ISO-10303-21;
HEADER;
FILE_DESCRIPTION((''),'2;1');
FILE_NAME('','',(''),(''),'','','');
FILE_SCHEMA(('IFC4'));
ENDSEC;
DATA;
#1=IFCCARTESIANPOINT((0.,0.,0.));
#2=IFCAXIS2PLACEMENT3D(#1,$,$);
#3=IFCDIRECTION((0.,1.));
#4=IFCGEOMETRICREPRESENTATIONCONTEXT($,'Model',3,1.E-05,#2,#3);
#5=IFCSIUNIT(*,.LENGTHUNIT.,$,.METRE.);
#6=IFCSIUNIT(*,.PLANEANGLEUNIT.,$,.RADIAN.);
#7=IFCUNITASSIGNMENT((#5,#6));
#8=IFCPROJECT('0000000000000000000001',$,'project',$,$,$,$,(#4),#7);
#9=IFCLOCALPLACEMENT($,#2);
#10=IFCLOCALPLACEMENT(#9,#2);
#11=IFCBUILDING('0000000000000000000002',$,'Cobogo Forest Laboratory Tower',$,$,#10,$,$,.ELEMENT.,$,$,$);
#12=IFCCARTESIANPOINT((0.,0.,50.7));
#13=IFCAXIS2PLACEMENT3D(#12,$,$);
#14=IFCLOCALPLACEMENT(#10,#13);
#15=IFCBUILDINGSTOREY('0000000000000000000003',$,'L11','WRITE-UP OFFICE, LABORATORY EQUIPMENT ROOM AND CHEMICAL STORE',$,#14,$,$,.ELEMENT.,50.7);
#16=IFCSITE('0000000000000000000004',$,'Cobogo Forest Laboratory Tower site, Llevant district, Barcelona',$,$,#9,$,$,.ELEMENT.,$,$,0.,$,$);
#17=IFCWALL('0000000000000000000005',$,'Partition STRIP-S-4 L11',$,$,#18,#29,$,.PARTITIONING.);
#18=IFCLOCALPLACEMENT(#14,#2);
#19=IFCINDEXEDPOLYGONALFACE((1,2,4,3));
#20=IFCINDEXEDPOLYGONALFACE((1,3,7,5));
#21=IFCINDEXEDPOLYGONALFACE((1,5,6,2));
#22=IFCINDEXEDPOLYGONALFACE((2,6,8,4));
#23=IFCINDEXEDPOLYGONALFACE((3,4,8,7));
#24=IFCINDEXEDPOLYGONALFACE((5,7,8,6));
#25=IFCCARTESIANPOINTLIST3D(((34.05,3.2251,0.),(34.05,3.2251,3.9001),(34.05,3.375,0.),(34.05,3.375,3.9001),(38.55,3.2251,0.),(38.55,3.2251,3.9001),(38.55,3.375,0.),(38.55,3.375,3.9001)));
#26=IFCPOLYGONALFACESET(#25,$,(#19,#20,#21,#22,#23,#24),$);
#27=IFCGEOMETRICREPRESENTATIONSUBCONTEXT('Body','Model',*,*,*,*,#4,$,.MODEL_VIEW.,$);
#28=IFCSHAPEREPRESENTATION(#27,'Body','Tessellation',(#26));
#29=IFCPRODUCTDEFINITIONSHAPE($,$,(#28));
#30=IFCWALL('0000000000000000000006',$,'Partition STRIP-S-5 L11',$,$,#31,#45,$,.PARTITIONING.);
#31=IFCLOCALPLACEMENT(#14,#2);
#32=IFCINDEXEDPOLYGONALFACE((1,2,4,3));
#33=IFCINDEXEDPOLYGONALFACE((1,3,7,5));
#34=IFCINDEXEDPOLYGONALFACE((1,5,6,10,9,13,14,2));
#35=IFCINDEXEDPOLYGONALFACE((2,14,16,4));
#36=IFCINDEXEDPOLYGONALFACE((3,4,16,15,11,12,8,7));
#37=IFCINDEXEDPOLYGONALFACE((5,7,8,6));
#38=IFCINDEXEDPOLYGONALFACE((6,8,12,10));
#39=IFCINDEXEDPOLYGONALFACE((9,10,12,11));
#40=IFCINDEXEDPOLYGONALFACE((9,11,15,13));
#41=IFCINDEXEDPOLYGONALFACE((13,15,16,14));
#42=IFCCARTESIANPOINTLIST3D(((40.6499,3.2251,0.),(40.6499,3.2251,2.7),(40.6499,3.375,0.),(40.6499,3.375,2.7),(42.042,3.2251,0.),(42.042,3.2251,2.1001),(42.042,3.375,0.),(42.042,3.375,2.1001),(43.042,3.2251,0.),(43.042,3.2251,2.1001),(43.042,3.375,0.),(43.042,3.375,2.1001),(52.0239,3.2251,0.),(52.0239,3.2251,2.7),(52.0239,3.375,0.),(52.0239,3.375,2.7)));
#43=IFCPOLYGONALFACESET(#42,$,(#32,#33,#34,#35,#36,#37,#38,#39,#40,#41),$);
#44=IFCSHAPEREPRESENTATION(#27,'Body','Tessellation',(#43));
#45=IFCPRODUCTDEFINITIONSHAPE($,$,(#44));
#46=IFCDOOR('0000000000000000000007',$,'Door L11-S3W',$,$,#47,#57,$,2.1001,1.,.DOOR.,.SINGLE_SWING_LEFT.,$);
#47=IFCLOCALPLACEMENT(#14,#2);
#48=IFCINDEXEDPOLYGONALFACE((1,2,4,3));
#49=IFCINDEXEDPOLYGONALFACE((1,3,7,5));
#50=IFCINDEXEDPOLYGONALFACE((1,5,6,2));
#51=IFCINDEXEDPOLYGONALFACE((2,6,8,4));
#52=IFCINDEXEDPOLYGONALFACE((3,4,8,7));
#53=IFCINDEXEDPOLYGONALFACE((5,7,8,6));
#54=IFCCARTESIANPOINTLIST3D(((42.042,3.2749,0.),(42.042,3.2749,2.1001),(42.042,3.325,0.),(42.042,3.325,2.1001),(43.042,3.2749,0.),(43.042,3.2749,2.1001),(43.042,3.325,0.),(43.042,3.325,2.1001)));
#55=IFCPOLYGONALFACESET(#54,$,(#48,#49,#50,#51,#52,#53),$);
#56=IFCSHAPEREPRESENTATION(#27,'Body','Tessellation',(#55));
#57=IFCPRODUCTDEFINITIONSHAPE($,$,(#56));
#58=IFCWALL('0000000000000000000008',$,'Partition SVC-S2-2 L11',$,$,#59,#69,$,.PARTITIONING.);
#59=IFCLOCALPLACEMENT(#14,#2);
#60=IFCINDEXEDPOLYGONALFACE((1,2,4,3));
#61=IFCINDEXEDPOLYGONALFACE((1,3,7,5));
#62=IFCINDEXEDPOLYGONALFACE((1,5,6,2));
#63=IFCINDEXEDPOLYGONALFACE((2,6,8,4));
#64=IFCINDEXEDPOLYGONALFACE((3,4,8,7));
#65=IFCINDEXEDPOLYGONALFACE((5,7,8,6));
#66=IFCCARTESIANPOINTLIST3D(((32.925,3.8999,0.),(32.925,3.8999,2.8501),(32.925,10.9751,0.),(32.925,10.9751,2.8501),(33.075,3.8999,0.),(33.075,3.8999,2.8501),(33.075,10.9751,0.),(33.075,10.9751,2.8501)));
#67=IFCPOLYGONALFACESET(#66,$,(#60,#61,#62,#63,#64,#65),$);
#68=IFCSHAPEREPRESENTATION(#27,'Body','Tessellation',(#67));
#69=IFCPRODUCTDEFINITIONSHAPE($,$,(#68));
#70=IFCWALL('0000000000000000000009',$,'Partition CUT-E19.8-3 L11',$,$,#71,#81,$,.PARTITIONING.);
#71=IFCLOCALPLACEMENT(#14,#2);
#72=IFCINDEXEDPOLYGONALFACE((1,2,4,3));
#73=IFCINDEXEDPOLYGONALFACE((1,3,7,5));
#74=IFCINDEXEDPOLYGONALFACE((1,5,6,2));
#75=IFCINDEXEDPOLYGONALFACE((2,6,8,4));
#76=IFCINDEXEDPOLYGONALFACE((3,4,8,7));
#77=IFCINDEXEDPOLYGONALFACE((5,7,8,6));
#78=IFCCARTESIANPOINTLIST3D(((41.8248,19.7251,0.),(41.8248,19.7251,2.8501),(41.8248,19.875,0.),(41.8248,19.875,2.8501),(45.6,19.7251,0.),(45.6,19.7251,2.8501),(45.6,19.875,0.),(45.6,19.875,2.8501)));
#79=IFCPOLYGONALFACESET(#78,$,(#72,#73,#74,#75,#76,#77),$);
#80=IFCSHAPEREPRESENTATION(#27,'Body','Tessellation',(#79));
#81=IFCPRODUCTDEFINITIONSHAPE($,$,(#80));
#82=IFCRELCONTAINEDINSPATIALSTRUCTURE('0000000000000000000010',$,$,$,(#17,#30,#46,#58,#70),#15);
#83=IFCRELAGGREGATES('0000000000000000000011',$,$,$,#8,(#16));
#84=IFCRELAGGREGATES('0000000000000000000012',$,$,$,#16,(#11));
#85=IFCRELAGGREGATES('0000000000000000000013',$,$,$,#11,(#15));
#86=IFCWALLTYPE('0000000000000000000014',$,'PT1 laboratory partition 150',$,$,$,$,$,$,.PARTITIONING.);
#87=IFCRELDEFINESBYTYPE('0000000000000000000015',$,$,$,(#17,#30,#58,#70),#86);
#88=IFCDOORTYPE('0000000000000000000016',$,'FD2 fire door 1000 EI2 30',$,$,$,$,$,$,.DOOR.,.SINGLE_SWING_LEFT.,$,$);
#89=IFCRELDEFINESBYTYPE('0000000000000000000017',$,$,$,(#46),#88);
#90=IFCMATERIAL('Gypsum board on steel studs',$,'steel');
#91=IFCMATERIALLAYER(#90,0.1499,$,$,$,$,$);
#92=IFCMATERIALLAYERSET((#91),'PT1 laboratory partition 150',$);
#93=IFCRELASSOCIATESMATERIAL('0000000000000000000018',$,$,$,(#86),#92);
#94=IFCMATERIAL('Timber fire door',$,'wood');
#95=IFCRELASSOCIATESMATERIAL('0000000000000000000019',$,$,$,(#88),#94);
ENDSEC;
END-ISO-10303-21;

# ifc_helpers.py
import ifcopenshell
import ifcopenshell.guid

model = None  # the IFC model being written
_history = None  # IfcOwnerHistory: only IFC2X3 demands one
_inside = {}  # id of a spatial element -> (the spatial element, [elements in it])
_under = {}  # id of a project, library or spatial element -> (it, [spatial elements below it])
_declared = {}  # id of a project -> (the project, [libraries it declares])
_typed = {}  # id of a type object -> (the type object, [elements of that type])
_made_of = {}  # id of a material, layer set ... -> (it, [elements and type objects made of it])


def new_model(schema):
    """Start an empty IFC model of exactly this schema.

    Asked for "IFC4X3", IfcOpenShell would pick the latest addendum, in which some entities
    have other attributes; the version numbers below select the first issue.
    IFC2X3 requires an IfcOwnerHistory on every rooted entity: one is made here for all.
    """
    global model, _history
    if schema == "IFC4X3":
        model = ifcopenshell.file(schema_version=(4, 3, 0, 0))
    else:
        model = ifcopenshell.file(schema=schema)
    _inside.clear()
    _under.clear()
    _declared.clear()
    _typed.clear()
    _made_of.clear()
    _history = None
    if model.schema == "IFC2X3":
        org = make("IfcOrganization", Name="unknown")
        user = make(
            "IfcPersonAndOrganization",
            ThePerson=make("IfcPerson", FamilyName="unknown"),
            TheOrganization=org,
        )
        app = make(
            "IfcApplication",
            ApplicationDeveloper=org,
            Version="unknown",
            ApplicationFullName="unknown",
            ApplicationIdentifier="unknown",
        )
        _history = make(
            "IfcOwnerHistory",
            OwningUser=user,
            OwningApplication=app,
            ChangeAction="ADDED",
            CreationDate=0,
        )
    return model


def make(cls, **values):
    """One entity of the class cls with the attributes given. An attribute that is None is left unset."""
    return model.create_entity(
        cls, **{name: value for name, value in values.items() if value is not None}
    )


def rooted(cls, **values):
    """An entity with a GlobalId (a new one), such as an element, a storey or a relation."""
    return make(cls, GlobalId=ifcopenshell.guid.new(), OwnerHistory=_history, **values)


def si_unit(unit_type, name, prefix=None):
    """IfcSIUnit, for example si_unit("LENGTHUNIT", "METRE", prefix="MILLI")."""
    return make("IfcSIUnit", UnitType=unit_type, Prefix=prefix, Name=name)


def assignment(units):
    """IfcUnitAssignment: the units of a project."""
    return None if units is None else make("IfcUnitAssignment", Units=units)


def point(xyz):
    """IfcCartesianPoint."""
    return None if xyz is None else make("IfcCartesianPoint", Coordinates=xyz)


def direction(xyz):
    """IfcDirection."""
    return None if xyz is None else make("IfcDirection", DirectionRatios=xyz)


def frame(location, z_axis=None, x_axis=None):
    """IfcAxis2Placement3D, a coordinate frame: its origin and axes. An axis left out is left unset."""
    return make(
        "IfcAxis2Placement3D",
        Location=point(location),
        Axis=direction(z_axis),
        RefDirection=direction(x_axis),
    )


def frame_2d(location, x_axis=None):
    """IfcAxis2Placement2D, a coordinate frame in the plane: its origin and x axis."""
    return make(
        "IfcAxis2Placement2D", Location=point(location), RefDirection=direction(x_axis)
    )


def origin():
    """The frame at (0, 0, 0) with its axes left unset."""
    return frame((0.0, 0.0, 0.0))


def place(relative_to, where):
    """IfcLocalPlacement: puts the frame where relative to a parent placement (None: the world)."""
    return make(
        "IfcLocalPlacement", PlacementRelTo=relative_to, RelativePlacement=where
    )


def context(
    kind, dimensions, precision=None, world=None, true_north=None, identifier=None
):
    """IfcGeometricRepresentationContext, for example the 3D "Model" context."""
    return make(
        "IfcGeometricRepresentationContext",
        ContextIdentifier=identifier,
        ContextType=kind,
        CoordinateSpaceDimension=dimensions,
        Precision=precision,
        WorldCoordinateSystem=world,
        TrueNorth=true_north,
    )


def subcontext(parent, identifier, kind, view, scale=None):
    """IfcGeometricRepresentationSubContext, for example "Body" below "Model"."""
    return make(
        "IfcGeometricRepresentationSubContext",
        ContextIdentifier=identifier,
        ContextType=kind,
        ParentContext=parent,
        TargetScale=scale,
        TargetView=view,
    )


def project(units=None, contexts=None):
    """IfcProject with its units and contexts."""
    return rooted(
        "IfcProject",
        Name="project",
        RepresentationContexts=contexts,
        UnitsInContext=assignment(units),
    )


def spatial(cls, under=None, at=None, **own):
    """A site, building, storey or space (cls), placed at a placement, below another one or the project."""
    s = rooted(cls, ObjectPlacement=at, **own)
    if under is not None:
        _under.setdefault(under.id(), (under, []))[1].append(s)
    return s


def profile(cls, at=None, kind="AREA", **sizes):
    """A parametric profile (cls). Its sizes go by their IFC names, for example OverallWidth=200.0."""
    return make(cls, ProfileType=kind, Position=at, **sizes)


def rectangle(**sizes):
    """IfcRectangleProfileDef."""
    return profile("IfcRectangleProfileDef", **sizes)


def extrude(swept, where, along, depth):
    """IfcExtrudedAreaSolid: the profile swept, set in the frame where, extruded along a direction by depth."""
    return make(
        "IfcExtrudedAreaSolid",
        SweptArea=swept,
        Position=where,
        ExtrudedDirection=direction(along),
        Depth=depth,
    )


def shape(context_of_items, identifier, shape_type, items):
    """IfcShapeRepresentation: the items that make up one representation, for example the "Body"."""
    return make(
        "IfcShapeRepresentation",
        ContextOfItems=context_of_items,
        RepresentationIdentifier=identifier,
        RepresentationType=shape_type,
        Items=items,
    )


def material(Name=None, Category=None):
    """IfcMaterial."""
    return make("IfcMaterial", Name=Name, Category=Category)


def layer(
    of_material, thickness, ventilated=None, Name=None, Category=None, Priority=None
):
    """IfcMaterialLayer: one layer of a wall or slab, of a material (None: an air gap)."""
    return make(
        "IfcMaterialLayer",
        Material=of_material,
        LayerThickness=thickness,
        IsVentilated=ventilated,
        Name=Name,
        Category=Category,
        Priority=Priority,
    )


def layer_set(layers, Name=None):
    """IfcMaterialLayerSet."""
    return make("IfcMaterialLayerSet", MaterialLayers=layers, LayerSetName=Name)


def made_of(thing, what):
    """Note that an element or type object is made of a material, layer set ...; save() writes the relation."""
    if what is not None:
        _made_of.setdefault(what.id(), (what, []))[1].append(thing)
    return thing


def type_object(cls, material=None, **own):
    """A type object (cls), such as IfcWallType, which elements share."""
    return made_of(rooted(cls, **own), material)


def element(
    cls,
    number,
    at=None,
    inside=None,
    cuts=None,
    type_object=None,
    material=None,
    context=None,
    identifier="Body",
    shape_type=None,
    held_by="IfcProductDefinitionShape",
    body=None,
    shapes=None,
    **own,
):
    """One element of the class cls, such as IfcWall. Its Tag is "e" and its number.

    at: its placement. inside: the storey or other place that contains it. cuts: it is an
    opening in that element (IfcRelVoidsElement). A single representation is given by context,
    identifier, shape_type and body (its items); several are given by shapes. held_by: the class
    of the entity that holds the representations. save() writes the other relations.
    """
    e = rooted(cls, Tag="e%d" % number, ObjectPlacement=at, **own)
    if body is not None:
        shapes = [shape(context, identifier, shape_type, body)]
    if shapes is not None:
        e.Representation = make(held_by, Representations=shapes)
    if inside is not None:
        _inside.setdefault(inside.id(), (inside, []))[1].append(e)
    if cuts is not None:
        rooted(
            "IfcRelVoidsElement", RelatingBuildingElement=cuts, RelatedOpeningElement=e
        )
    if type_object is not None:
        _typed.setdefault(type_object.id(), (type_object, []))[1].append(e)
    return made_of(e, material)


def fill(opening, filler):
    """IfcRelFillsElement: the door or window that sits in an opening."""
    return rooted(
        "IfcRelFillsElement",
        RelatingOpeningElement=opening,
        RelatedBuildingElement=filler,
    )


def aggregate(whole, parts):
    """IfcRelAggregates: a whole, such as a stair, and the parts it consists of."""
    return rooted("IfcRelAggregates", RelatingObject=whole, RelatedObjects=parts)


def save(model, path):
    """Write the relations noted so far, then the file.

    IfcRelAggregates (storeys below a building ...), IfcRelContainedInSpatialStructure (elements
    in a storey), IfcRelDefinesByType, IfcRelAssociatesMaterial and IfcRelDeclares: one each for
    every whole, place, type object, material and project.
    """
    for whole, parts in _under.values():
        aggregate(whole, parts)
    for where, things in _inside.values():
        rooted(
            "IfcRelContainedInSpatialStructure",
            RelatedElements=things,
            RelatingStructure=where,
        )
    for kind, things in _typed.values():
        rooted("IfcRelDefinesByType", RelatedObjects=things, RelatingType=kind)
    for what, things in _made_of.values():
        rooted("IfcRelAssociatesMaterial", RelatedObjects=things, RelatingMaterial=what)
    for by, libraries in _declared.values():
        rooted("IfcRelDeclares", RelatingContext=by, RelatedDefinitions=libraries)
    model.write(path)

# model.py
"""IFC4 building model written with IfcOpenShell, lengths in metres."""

from ifc_helpers import new_model, si_unit, direction, frame, frame_2d, origin, place, context, subcontext, project, spatial, rectangle, extrude, material, layer, layer_set, type_object, element, fill, save


model = new_model("IFC4")

# Units and contexts
model_context = context("Model", 3, precision=1e-05, world=origin(), true_north=direction((0.0, 1.0)))
body_context = subcontext(model_context, "Body", "Model", "MODEL_VIEW")
ifc_project = project(units=[si_unit("LENGTHUNIT", "METRE"), si_unit("PLANEANGLEUNIT", "RADIAN")], contexts=[model_context])

# Site, building, storey
site_placement = place(None, origin())
site = spatial("IfcSite", under=ifc_project, at=site_placement, Name="Cobogo Forest Laboratory Tower site, Llevant district, Barcelona", CompositionType="ELEMENT", RefElevation=0.0)
building_placement = place(site_placement, origin())
building = spatial("IfcBuilding", under=site, at=building_placement, Name="Cobogo Forest Laboratory Tower", CompositionType="ELEMENT")
storey_placement = place(building_placement, frame((0.0, 0.0, 50.7)))
storey = spatial("IfcBuildingStorey", under=building, at=storey_placement, Name="L11", Description="WRITE-UP OFFICE, LABORATORY EQUIPMENT ROOM AND CHEMICAL STORE", CompositionType="ELEMENT", Elevation=50.7)

# Wall
ifc_material_1 = material(Name="Gypsum board on steel studs", Category="steel")
ifc_layer_1 = layer(ifc_material_1, 0.1499)
ifc_layer_set_1 = layer_set([ifc_layer_1], Name="PT1 laboratory partition 150")
wall_type_1 = type_object("IfcWallType", Name="PT1 laboratory partition 150", PredefinedType="PARTITIONING", material=ifc_layer_set_1)
wall_1_placement = place(storey_placement, frame((34.05, 3.3, 0.0), z_axis=(0.0, 0.0, 1.0), x_axis=(1.0, 0.0, 0.0)))
element("IfcWall", 1, at=wall_1_placement, inside=storey, type_object=wall_type_1, Name="Partition STRIP-S-4 L11", PredefinedType="PARTITIONING", context=body_context, shape_type="SweptSolid", body=[
    extrude(rectangle(XDim=4.5, YDim=0.1499, at=frame_2d((2.25, 0.0))), origin(), (0.0, 0.0, 1.0), 3.9001),
])

# Wall, opening, door
wall_2_placement = place(storey_placement, frame((40.6499, 3.3, 0.0), z_axis=(0.0, 0.0, 1.0), x_axis=(1.0, 0.0, 0.0)))
wall_2 = element("IfcWall", 2, at=wall_2_placement, inside=storey, type_object=wall_type_1, Name="Partition STRIP-S-5 L11", PredefinedType="PARTITIONING", context=body_context, shape_type="SweptSolid", body=[
    extrude(rectangle(XDim=11.374, YDim=0.1499, at=frame_2d((5.687, 0.0))), origin(), (0.0, 0.0, 1.0), 2.7),
])
opening_1_placement = place(wall_2_placement, frame((1.3921, 0.0, 0.0)))
opening_1 = element("IfcOpeningElement", 3, at=opening_1_placement, cuts=wall_2, PredefinedType="OPENING", context=body_context, shape_type="SweptSolid", body=[
    extrude(rectangle(XDim=1.0, YDim=2.1001, at=frame_2d((0.5, 1.05))), frame((0.0, 0.085, 0.0), z_axis=(0.0, -1.0, 0.0), x_axis=(1.0, 0.0, 0.0)), (0.0, 0.0, 1.0), 0.1699),
])
ifc_material_2 = material(Name="Timber fire door", Category="wood")
door_type_1 = type_object("IfcDoorType", Name="FD2 fire door 1000 EI2 30", OperationType="SINGLE_SWING_LEFT", PredefinedType="DOOR", material=ifc_material_2)
door_1_placement = place(opening_1_placement, origin())
door_1 = element("IfcDoor", 4, at=door_1_placement, inside=storey, type_object=door_type_1, Name="Door L11-S3W", OperationType="SINGLE_SWING_LEFT", OverallHeight=2.1001, OverallWidth=1.0, PredefinedType="DOOR", context=body_context, shape_type="SweptSolid", body=[
    extrude(rectangle(XDim=1.0, YDim=2.1001, at=frame_2d((0.5, 1.05))), frame((0.0, 0.0249, 0.0), z_axis=(0.0, -1.0, 0.0), x_axis=(1.0, 0.0, 0.0)), (0.0, 0.0, 1.0), 0.05),
])
fill(opening_1, door_1)

# Walls
wall_3_placement = place(storey_placement, frame((33.0, 3.8999, 0.0), z_axis=(0.0, 0.0, 1.0), x_axis=(0.0, 1.0, 0.0)))
element("IfcWall", 5, at=wall_3_placement, inside=storey, type_object=wall_type_1, Name="Partition SVC-S2-2 L11", PredefinedType="PARTITIONING", context=body_context, shape_type="SweptSolid", body=[
    extrude(rectangle(XDim=7.0752, YDim=0.1499, at=frame_2d((3.5376, 0.0))), origin(), (0.0, 0.0, 1.0), 2.8501),
])
wall_4_placement = place(storey_placement, frame((45.6001, 19.8, 0.0), z_axis=(0.0, 0.0, 1.0), x_axis=(-1.0, 0.0, 0.0)))
element("IfcWall", 6, at=wall_4_placement, inside=storey, type_object=wall_type_1, Name="Partition CUT-E19.8-3 L11", PredefinedType="PARTITIONING", context=body_context, shape_type="SweptSolid", body=[
    extrude(rectangle(XDim=3.7751, YDim=0.1499, at=frame_2d((1.8877, 0.0))), origin(), (0.0, 0.0, 1.0), 2.8501),
])

save(model, "model.ifc")
